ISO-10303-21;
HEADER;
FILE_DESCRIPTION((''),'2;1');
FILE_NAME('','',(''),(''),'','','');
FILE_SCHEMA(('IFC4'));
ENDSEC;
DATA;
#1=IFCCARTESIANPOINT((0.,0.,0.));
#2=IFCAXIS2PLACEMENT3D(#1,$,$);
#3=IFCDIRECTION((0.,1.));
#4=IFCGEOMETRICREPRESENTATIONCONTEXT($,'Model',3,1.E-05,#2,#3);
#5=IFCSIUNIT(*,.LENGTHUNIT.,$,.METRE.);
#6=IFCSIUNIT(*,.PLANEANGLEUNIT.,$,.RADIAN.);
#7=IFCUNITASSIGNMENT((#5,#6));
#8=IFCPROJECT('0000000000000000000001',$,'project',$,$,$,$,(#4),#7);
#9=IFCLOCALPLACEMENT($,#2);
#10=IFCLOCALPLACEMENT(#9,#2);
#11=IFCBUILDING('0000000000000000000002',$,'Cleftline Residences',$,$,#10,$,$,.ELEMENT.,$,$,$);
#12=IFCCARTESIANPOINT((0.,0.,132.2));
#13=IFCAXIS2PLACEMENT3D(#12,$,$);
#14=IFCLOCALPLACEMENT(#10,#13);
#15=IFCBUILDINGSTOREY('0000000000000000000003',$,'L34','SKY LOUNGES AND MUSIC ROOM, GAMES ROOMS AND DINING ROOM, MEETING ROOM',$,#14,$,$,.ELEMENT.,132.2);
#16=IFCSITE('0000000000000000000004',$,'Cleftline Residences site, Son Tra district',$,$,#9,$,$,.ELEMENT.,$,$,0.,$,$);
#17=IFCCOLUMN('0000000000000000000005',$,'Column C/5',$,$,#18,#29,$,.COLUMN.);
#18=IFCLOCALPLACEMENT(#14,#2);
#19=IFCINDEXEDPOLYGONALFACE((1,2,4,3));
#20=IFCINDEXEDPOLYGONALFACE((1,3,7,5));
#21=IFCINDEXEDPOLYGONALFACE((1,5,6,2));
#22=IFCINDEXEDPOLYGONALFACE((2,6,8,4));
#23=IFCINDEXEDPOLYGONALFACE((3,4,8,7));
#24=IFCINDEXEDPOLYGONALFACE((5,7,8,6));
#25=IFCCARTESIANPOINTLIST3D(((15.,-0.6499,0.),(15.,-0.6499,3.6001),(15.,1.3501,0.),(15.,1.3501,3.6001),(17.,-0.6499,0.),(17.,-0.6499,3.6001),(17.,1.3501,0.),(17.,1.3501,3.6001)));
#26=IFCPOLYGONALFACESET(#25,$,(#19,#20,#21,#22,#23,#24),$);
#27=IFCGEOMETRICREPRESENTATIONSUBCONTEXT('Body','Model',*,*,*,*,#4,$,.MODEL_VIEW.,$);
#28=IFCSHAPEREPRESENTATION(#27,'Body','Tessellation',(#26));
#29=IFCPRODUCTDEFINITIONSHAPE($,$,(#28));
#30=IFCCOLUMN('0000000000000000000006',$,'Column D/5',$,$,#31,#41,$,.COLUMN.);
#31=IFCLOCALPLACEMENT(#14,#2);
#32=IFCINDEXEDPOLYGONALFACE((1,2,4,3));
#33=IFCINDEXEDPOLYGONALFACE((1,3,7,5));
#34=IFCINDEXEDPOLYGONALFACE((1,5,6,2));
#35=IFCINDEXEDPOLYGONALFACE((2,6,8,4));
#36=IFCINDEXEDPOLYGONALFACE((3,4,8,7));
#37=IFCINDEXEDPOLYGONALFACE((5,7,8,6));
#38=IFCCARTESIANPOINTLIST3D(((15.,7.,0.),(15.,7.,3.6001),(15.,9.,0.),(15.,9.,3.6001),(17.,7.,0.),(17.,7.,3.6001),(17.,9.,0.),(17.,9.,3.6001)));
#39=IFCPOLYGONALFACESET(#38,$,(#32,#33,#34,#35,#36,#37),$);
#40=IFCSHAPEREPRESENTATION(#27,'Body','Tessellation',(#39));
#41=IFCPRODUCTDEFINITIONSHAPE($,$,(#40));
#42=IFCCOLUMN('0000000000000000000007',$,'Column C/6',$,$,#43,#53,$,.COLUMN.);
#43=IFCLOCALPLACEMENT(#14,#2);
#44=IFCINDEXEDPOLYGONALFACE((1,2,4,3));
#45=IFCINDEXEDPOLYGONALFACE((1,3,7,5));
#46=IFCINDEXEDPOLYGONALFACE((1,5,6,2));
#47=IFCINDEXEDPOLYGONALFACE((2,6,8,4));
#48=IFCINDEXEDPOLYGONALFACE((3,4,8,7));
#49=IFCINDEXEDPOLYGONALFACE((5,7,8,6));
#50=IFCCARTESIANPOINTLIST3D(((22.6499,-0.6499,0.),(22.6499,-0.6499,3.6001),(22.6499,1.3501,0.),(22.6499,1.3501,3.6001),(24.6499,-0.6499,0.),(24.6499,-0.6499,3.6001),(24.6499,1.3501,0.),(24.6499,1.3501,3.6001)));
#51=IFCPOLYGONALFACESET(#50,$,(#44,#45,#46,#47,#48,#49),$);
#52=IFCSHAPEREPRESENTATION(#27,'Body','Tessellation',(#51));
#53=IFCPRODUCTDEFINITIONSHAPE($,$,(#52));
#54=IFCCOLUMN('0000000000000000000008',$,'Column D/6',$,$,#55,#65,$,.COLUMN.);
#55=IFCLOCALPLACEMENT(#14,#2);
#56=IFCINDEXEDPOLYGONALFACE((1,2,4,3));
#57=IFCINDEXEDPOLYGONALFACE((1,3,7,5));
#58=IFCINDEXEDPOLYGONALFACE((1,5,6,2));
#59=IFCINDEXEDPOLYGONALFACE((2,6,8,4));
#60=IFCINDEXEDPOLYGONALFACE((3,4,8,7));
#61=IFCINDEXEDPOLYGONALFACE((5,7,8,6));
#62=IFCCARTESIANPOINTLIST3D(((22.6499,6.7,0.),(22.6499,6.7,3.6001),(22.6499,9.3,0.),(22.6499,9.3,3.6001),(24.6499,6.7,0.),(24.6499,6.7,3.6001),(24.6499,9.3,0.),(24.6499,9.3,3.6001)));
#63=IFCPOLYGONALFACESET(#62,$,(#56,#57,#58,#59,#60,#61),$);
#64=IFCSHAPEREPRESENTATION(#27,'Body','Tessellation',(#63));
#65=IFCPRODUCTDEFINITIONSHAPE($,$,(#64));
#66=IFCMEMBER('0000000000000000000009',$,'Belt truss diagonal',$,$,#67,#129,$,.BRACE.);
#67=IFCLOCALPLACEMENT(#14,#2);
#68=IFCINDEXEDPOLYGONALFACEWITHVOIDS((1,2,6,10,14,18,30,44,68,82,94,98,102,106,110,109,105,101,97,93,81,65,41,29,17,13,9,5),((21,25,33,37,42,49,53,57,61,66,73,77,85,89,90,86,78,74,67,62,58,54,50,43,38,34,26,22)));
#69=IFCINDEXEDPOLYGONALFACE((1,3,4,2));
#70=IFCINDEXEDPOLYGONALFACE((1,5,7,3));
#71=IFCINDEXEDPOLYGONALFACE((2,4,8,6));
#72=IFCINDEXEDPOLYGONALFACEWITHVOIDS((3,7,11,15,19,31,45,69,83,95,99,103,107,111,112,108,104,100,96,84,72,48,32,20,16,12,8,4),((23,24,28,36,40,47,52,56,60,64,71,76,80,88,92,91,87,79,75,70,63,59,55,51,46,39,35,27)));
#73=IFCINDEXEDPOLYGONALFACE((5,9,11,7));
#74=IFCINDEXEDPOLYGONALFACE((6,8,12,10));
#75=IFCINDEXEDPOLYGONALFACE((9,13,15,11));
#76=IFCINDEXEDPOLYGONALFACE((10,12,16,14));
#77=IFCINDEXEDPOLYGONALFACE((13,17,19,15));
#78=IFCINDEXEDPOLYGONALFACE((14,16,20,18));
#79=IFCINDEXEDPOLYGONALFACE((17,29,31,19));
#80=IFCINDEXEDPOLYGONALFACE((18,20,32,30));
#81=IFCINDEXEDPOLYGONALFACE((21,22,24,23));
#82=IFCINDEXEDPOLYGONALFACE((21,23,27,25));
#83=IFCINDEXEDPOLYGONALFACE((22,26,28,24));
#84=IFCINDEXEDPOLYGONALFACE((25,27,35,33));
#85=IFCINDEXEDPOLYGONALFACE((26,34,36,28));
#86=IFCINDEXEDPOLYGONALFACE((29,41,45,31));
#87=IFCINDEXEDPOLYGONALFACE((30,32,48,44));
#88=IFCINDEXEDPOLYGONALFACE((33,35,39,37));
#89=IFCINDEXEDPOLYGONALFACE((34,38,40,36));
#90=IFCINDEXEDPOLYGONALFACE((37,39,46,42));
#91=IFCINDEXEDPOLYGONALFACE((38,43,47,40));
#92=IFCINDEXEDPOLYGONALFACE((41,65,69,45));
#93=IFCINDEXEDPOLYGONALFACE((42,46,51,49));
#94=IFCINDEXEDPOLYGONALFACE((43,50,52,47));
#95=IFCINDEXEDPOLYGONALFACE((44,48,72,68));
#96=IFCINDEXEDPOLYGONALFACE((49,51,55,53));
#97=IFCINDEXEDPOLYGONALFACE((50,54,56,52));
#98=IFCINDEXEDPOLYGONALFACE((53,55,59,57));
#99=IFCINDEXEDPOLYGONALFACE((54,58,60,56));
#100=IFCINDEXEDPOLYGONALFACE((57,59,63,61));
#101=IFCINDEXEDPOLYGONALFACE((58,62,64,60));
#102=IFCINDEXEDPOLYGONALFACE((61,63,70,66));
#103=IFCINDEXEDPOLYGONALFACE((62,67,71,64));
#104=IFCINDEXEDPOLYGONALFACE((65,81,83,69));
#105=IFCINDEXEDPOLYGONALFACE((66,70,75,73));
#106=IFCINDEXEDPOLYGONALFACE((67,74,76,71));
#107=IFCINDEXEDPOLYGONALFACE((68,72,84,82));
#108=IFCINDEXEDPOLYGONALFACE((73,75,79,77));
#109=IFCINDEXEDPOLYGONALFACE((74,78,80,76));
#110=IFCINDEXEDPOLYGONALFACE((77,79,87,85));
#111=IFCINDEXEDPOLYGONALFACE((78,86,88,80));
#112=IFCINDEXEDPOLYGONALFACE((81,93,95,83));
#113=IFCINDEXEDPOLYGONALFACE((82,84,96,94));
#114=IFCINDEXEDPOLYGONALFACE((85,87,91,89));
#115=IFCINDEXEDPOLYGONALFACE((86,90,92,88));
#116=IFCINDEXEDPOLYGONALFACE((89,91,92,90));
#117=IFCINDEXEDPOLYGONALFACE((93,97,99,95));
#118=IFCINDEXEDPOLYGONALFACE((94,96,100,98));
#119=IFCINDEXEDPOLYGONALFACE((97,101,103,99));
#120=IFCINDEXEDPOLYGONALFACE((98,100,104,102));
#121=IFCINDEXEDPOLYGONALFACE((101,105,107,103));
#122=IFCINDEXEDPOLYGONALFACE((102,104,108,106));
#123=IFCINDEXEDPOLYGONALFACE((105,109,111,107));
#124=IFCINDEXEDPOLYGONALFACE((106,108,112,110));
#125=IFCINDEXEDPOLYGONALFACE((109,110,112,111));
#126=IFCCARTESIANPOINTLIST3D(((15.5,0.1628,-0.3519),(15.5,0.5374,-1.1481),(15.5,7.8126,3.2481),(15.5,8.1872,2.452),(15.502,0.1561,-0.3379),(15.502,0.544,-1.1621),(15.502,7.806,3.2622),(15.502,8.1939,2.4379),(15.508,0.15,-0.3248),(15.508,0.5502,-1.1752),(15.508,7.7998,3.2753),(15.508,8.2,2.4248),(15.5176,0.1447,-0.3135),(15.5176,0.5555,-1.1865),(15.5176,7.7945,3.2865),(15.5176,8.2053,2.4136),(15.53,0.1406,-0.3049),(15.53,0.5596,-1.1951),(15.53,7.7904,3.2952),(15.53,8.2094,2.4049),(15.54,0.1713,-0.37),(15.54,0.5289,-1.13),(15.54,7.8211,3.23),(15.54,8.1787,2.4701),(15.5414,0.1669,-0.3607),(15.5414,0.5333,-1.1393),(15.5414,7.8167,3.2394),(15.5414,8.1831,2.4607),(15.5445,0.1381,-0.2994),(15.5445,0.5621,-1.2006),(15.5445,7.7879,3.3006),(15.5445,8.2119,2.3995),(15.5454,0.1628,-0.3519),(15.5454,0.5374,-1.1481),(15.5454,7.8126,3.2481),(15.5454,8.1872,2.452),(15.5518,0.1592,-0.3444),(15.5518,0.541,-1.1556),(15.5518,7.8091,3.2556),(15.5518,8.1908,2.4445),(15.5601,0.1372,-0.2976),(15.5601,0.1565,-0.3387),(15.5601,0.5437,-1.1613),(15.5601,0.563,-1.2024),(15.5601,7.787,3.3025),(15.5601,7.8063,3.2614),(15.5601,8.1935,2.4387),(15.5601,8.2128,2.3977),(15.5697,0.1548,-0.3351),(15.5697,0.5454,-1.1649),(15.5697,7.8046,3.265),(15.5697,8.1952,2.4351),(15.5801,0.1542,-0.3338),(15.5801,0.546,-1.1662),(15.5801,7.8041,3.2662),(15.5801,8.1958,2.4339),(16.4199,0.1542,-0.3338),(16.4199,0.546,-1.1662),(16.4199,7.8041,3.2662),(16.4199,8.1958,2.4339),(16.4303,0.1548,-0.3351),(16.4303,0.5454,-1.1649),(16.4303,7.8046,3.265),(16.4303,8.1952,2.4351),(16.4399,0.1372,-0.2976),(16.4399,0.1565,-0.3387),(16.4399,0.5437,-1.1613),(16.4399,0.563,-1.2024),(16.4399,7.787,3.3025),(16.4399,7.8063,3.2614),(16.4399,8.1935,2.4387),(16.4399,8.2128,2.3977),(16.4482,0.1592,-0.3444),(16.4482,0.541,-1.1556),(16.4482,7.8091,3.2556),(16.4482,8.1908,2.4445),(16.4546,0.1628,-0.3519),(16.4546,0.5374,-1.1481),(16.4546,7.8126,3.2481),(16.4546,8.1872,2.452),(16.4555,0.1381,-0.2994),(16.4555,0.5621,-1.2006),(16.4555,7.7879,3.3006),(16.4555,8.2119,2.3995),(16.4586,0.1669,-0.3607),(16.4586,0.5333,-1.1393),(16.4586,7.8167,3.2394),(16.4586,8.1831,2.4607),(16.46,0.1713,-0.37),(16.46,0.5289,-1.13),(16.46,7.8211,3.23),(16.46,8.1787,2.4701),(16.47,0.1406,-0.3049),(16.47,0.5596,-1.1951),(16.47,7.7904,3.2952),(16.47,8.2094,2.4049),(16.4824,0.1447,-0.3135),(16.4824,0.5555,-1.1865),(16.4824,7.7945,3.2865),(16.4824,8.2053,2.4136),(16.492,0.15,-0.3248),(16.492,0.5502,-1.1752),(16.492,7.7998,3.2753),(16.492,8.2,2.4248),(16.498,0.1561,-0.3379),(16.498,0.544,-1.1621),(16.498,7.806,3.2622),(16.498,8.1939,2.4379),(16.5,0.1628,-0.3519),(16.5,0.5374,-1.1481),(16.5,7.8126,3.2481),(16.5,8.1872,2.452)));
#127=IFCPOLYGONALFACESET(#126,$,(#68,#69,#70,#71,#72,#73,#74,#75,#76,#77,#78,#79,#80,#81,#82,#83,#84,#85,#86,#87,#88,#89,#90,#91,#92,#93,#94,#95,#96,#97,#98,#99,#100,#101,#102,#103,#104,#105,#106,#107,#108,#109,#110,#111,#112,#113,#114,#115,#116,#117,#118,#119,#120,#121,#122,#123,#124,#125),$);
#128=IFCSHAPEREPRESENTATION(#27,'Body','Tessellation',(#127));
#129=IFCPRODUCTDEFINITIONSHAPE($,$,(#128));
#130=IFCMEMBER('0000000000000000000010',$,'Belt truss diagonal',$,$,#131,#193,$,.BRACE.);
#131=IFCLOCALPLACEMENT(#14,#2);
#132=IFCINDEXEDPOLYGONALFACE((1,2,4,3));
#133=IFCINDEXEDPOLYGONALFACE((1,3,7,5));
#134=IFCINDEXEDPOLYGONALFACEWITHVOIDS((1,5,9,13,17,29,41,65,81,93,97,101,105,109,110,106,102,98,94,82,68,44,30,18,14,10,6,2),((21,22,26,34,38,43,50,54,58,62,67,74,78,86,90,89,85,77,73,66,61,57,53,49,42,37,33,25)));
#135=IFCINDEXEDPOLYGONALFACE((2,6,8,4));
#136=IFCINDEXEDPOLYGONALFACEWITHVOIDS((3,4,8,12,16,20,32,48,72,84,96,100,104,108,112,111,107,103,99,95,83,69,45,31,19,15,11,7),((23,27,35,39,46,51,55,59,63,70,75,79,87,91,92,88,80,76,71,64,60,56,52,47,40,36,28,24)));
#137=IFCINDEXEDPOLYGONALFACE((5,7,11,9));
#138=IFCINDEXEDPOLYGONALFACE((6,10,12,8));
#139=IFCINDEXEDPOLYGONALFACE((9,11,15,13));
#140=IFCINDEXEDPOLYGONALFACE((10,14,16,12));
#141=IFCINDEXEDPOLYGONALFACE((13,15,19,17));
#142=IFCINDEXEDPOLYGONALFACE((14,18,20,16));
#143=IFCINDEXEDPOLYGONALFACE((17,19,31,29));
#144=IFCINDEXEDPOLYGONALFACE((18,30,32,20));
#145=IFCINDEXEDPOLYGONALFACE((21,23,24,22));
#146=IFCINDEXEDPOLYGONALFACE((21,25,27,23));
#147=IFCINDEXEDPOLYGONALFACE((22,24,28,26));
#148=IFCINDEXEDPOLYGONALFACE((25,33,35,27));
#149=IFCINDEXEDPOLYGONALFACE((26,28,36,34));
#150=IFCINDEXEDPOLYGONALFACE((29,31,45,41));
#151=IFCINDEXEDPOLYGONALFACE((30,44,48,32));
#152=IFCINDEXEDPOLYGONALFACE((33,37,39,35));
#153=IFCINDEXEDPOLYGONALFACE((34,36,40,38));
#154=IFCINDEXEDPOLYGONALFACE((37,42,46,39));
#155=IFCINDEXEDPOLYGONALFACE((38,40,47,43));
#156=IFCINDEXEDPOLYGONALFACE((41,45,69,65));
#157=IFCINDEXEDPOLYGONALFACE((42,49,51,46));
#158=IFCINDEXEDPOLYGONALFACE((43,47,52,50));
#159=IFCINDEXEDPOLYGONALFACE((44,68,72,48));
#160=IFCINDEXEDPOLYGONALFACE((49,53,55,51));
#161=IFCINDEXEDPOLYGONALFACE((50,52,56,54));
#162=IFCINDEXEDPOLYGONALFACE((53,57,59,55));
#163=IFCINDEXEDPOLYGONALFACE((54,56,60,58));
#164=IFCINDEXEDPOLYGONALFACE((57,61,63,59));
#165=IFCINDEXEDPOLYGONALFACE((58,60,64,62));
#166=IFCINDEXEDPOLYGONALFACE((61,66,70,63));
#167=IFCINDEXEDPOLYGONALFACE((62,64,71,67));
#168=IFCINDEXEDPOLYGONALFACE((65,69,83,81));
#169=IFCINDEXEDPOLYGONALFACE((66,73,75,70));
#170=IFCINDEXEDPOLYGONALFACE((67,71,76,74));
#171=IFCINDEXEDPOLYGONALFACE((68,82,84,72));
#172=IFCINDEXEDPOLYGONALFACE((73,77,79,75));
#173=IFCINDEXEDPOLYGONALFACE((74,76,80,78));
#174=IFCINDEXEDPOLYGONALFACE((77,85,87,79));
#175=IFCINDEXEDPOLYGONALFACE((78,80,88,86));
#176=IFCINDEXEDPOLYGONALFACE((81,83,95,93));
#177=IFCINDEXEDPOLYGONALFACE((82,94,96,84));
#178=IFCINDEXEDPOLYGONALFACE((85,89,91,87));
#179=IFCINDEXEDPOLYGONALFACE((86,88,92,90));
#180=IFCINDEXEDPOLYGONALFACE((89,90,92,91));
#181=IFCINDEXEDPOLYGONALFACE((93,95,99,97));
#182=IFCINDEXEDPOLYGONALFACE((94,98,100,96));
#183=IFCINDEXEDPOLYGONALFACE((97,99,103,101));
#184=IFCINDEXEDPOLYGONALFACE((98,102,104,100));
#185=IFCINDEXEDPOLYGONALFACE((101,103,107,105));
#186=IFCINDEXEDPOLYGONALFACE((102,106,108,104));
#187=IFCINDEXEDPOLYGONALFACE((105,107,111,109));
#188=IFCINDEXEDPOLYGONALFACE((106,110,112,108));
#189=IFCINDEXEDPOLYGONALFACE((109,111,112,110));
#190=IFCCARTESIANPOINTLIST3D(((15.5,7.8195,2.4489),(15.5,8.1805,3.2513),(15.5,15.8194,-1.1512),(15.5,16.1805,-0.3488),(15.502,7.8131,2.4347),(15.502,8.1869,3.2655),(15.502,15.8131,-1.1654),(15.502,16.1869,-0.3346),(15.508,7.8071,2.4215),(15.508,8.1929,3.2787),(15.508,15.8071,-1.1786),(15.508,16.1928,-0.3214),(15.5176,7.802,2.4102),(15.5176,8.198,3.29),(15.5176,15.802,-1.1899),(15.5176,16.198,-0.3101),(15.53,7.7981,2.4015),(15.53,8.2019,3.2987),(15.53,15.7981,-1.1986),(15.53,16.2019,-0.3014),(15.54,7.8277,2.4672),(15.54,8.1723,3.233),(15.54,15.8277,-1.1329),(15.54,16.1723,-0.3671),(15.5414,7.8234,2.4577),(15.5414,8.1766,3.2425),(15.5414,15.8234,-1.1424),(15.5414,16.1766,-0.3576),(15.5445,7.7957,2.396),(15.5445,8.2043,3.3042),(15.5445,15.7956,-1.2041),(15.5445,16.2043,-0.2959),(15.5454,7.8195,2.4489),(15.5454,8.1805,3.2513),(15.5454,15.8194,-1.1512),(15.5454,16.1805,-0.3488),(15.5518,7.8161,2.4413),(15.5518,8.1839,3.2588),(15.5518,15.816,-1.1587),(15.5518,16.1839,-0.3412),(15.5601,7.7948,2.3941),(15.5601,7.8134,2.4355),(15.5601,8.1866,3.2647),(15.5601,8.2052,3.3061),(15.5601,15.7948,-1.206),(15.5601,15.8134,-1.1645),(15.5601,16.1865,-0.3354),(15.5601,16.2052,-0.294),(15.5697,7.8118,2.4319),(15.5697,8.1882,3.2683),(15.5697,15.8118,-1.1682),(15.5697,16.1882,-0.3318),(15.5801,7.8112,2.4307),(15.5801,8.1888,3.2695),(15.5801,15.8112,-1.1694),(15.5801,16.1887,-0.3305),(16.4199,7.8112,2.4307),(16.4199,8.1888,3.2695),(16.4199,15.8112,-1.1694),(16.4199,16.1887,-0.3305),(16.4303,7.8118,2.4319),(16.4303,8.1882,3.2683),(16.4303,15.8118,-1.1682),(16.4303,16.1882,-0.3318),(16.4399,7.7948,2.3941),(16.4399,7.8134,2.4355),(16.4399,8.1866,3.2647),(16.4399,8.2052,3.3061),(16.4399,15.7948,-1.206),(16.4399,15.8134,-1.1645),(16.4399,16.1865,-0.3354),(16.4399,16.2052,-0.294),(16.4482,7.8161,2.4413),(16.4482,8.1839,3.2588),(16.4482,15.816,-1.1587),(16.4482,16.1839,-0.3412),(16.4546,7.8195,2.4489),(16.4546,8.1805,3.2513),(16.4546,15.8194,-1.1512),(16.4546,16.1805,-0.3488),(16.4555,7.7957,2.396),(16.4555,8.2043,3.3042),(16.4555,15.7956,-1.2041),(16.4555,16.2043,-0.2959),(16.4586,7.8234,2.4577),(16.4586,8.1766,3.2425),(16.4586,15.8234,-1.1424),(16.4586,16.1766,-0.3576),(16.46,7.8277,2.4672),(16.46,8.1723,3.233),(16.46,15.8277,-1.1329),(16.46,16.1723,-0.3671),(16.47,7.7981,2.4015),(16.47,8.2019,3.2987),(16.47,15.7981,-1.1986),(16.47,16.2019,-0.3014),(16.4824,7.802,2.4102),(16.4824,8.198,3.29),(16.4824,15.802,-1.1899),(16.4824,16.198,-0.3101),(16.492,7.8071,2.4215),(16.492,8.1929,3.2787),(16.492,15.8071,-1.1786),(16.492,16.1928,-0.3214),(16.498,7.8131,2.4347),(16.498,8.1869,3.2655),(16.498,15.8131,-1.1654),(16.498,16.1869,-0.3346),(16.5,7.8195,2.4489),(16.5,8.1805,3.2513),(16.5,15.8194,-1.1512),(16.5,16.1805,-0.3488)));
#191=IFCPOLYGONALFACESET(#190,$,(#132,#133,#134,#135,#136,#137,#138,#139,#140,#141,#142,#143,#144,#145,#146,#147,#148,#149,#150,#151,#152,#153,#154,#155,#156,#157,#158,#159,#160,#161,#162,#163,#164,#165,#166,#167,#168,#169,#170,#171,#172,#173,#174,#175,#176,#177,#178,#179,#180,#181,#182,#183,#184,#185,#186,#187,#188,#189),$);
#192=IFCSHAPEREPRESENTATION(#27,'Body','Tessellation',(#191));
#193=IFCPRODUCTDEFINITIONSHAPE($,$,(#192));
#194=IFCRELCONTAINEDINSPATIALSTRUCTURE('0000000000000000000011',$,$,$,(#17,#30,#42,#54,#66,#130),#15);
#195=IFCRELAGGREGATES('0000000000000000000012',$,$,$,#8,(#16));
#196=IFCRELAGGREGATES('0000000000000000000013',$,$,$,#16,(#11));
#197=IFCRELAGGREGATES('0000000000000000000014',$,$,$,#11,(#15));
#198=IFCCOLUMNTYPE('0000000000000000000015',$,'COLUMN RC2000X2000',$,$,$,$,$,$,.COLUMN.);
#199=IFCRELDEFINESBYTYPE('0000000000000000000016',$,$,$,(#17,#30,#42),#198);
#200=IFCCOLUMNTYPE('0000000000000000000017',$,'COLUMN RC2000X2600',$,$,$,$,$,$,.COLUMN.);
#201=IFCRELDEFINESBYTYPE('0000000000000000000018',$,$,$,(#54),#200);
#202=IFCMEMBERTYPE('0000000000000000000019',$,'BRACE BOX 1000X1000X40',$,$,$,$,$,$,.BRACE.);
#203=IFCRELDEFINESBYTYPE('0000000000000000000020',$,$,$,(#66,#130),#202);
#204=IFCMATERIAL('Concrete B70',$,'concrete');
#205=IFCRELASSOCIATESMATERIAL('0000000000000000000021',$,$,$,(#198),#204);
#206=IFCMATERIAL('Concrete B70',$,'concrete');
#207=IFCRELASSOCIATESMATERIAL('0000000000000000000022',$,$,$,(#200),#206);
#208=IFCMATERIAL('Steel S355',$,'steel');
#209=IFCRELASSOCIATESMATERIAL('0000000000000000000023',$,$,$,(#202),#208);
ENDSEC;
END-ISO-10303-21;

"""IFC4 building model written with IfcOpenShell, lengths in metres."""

from ifc_helpers import new_model, si_unit, direction, frame, origin, origin_2d, place, context, subcontext, project, spatial, rectangle, hollow_rectangle, extrude, material, material_profile, profile_set, type_object, element, save


model = new_model("IFC4")

# Units and contexts
model_context = context("Model", 3, precision=1e-05, world=origin(), true_north=direction((0.0, 1.0)))
body_context = subcontext(model_context, "Body", "Model", "MODEL_VIEW")
ifc_project = project(units=[si_unit("LENGTHUNIT", "METRE"), si_unit("PLANEANGLEUNIT", "RADIAN")], contexts=[model_context])

# Site, building, storey
site_placement = place(None, origin())
site = spatial("IfcSite", under=ifc_project, at=site_placement, Name="Cleftline Residences site, Son Tra district", CompositionType="ELEMENT", RefElevation=0.0)
building_placement = place(site_placement, origin())
building = spatial("IfcBuilding", under=site, at=building_placement, Name="Cleftline Residences", CompositionType="ELEMENT")
storey_placement = place(building_placement, frame((0.0, 0.0, 132.2)))
storey = spatial("IfcBuildingStorey", under=building, at=storey_placement, Name="L34", Description="SKY LOUNGES AND MUSIC ROOM, GAMES ROOMS AND DINING ROOM, MEETING ROOM", CompositionType="ELEMENT", Elevation=132.2)

# Columns
ifc_material_1 = material(Name="Concrete B70", Category="concrete")
ifc_material_profile_1 = material_profile(ifc_material_1, rectangle(XDim=2.0, YDim=2.0, at=origin_2d()))
ifc_profile_set_1 = profile_set([ifc_material_profile_1], Name="Concrete B70")
column_type_1 = type_object("IfcColumnType", Name="COLUMN RC2000X2000", PredefinedType="COLUMN", material=ifc_profile_set_1)
for number, where, z_axis, x_axis, name in (
    (1, (16.0, 0.3501, 0.0), (0.0, 0.0, 1.0), (1.0, 0.0, 0.0), "Column C/5"),
    (2, (16.0, 8.0, 0.0), (0.0, 0.0, 1.0), (1.0, 0.0, 0.0), "Column D/5"),
    (3, (23.6499, 0.3501, 0.0), (0.0, 0.0, 1.0), (1.0, 0.0, 0.0), "Column C/6"),
):
    element("IfcColumn", number, at=place(storey_placement, frame(where, z_axis=z_axis, x_axis=x_axis)), inside=storey, type_object=column_type_1, Name=name, PredefinedType="COLUMN", context=body_context, shape_type="SweptSolid", body=[
        extrude(rectangle(XDim=2.0, YDim=2.0, at=origin_2d()), origin(), (0.0, 0.0, 1.0), 3.6001),
    ])
ifc_material_2 = material(Name="Concrete B70", Category="concrete")
ifc_material_profile_2 = material_profile(ifc_material_2, rectangle(XDim=2.0, YDim=2.6001, at=origin_2d()))
ifc_profile_set_2 = profile_set([ifc_material_profile_2], Name="Concrete B70")
column_type_2 = type_object("IfcColumnType", Name="COLUMN RC2000X2600", PredefinedType="COLUMN", material=ifc_profile_set_2)
column_placement = place(storey_placement, frame((23.6499, 8.0, 0.0), z_axis=(0.0, 0.0, 1.0), x_axis=(1.0, 0.0, 0.0)))
element("IfcColumn", 4, at=column_placement, inside=storey, type_object=column_type_2, Name="Column D/6", PredefinedType="COLUMN", context=body_context, shape_type="SweptSolid", body=[
    extrude(rectangle(XDim=2.0, YDim=2.6001, at=origin_2d()), origin(), (0.0, 0.0, 1.0), 3.6001),
])

# Members
ifc_material_3 = material(Name="Steel S355", Category="steel")
ifc_material_profile_3 = material_profile(ifc_material_3, hollow_rectangle(XDim=1.0, YDim=1.0, WallThickness=0.04, InnerFilletRadius=0.04, OuterFilletRadius=0.0601, at=origin_2d()))
ifc_profile_set_3 = profile_set([ifc_material_profile_3], Name="Steel S355")
member_type_1 = type_object("IfcMemberType", Name="BRACE BOX 1000X1000X40", PredefinedType="BRACE", material=ifc_profile_set_3)
member_1_placement = place(storey_placement, frame((16.0, 0.3501, -0.75), z_axis=(0.0, 0.904812, 0.425811), x_axis=(0.0, -0.425811, 0.904812)))
element("IfcMember", 5, at=member_1_placement, inside=storey, type_object=member_type_1, Name="Belt truss diagonal", PredefinedType="BRACE", context=body_context, shape_type="SweptSolid", body=[
    extrude(hollow_rectangle(XDim=1.0, YDim=1.0, WallThickness=0.04, InnerFilletRadius=0.04, OuterFilletRadius=0.0601, at=origin_2d()), origin(), (0.0, 0.0, 1.0), 8.4546),
])
member_2_placement = place(storey_placement, frame((16.0, 8.0, 2.8501), z_axis=(0.0, 0.911917, -0.410374), x_axis=(0.0, 0.410374, 0.911917)))
element("IfcMember", 6, at=member_2_placement, inside=storey, type_object=member_type_1, Name="Belt truss diagonal", PredefinedType="BRACE", context=body_context, shape_type="SweptSolid", body=[
    extrude(hollow_rectangle(XDim=1.0, YDim=1.0, WallThickness=0.04, InnerFilletRadius=0.04, OuterFilletRadius=0.0601, at=origin_2d()), origin(), (0.0, 0.0, 1.0), 8.7727),
])

save(model, "model.ifc")
